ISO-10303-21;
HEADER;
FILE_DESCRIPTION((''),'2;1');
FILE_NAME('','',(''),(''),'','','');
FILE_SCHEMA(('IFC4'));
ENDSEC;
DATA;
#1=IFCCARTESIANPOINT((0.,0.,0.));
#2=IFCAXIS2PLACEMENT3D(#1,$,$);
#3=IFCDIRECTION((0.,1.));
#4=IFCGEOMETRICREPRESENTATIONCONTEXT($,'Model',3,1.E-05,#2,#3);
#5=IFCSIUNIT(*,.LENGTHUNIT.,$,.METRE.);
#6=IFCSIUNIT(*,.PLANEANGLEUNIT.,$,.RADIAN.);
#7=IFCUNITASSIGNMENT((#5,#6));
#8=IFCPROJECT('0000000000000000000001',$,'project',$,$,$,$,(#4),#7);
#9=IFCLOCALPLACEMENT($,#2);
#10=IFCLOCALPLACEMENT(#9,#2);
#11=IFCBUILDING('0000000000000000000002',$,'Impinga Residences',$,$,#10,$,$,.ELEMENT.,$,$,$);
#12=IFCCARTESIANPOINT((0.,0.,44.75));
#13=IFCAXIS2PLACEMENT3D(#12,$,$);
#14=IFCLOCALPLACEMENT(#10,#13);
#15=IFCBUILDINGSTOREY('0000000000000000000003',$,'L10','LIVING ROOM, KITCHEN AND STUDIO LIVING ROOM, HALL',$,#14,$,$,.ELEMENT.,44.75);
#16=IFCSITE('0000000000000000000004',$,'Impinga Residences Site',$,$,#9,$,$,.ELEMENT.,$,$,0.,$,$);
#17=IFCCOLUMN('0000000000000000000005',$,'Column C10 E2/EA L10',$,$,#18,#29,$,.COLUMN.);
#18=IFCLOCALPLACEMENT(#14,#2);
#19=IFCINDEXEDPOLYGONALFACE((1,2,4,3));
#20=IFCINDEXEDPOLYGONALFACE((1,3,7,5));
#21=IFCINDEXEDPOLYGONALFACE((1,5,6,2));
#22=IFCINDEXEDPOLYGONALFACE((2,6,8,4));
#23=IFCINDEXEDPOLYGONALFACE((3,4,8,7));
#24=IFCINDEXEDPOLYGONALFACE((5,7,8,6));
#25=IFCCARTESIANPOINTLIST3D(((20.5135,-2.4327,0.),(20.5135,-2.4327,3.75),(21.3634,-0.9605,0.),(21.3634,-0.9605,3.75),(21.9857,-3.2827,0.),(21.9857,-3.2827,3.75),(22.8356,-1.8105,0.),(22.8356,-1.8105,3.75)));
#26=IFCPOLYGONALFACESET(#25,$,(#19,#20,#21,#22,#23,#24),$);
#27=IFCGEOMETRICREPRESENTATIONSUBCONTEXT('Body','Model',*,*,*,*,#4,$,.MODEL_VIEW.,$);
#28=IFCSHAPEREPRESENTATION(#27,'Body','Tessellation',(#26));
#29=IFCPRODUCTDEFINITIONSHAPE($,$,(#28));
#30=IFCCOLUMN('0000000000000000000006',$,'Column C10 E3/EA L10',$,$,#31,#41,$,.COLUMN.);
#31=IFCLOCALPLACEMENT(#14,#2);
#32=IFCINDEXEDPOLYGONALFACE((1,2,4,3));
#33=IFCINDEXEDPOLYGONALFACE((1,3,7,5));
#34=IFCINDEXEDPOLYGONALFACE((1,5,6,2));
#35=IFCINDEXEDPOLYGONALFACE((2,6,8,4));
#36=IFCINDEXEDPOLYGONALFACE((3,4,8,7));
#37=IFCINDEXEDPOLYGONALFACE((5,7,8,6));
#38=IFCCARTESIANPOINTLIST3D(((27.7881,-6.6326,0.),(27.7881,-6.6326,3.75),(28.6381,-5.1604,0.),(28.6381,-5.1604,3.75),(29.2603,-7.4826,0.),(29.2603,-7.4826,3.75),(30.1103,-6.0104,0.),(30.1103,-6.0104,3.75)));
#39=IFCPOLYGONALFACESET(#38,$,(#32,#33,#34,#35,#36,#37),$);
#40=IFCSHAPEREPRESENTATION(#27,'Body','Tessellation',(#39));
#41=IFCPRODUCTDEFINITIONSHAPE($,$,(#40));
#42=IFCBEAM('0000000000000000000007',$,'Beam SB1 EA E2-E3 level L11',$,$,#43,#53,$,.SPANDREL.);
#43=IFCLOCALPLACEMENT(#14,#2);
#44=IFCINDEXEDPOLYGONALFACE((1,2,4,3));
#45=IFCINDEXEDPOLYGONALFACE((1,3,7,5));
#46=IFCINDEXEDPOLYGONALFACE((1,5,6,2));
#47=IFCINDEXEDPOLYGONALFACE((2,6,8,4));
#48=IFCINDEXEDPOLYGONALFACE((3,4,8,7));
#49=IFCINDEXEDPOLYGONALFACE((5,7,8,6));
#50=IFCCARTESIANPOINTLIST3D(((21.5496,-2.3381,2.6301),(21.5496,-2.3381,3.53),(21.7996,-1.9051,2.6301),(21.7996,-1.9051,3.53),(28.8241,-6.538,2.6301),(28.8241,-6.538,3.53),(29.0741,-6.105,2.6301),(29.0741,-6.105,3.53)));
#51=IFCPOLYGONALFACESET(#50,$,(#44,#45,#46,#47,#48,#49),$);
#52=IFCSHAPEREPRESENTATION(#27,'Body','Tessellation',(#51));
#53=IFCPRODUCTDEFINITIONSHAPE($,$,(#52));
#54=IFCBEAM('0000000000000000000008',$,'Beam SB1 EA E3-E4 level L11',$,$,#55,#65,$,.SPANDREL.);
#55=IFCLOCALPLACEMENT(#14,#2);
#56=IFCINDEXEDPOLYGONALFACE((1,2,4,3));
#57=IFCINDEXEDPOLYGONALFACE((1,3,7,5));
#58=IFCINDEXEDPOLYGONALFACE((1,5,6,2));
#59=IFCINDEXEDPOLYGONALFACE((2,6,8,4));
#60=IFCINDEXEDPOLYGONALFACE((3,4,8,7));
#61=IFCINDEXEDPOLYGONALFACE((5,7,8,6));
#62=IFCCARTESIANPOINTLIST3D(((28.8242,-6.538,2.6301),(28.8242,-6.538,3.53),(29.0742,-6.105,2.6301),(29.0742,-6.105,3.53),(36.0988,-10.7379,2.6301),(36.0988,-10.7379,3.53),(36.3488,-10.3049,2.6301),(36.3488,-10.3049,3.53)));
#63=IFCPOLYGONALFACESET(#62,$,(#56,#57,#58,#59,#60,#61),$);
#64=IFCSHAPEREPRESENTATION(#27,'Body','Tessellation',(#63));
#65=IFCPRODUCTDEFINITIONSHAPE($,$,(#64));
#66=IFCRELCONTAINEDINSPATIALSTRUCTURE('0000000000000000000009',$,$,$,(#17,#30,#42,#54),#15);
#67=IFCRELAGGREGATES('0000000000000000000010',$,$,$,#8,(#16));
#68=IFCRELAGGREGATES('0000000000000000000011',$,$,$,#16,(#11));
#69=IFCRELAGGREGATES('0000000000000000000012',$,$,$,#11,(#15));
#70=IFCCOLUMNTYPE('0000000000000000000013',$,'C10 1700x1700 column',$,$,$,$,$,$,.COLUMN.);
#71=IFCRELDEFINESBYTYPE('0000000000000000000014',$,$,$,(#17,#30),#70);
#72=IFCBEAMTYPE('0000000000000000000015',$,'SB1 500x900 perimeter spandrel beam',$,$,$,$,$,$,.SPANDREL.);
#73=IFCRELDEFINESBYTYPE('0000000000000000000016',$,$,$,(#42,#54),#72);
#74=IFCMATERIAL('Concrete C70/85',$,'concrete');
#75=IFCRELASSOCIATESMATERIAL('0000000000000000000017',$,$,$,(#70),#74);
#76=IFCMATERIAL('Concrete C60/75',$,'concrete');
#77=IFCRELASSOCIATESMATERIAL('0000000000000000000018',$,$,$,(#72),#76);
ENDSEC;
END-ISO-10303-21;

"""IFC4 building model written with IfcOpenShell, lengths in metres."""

from ifc_helpers import new_model, si_unit, direction, frame, origin, origin_2d, place, context, subcontext, project, spatial, rectangle, extrude, material, material_profile, profile_set, type_object, element, save


model = new_model("IFC4")

# Units and contexts
model_context = context("Model", 3, precision=1e-05, world=origin(), true_north=direction((0.0, 1.0)))
body_context = subcontext(model_context, "Body", "Model", "MODEL_VIEW")
ifc_project = project(units=[si_unit("LENGTHUNIT", "METRE"), si_unit("PLANEANGLEUNIT", "RADIAN")], contexts=[model_context])

# Site, building, storey
site_placement = place(None, origin())
site = spatial("IfcSite", under=ifc_project, at=site_placement, Name="Impinga Residences Site", CompositionType="ELEMENT", RefElevation=0.0)
building_placement = place(site_placement, origin())
building = spatial("IfcBuilding", under=site, at=building_placement, Name="Impinga Residences", CompositionType="ELEMENT")
storey_placement = place(building_placement, frame((0.0, 0.0, 44.75)))
storey = spatial("IfcBuildingStorey", under=building, at=storey_placement, Name="L10", Description="LIVING ROOM, KITCHEN AND STUDIO LIVING ROOM, HALL", CompositionType="ELEMENT", Elevation=44.75)

# Columns
ifc_material_1 = material(Name="Concrete C70/85", Category="concrete")
ifc_material_profile_1 = material_profile(ifc_material_1, rectangle(XDim=1.7, YDim=1.7, at=origin_2d()), Name="RC 1700x1700")
ifc_profile_set_1 = profile_set([ifc_material_profile_1], Name="Concrete C70/85")
column_type = type_object("IfcColumnType", Name="C10 1700x1700 column", PredefinedType="COLUMN", material=ifc_profile_set_1)
for number, where, z_axis, x_axis, name in (
    (1, (21.6746, -2.1216, 0.0), (0.0, 0.0, 1.0), (-0.5, -0.866025, 0.0), "Column C10 E2/EA L10"),
    (2, (28.9492, -6.3215, 0.0), (0.0, 0.0, 1.0), (-0.5, -0.866025, 0.0), "Column C10 E3/EA L10"),
):
    element("IfcColumn", number, at=place(storey_placement, frame(where, z_axis=z_axis, x_axis=x_axis)), inside=storey, type_object=column_type, Name=name, PredefinedType="COLUMN", context=body_context, shape_type="SweptSolid", body=[
        extrude(rectangle(XDim=1.7, YDim=1.7, at=origin_2d()), origin(), (0.0, 0.0, 1.0), 3.75),
    ])

# Beams
ifc_material_2 = material(Name="Concrete C60/75", Category="concrete")
ifc_material_profile_2 = material_profile(ifc_material_2, rectangle(XDim=0.5, YDim=0.8999, at=origin_2d()), Name="RC 500x900")
ifc_profile_set_2 = profile_set([ifc_material_profile_2], Name="Concrete C60/75")
beam_type = type_object("IfcBeamType", Name="SB1 500x900 perimeter spandrel beam", PredefinedType="SPANDREL", material=ifc_profile_set_2)
for number, where, z_axis, x_axis, name in (
    (3, (21.6746, -2.1216, 3.0801), (0.866029, -0.499993, 0.0), (0.499993, 0.866029, 0.0), "Beam SB1 EA E2-E3 level L11"),
    (4, (28.9492, -6.3215, 3.0801), (0.866029, -0.499993, 0.0), (0.499993, 0.866029, 0.0), "Beam SB1 EA E3-E4 level L11"),
):
    element("IfcBeam", number, at=place(storey_placement, frame(where, z_axis=z_axis, x_axis=x_axis)), inside=storey, type_object=beam_type, Name=name, PredefinedType="SPANDREL", context=body_context, shape_type="SweptSolid", body=[
        extrude(rectangle(XDim=0.5, YDim=0.8999, at=origin_2d()), origin(), (0.0, 0.0, 1.0), 8.3999),
    ])

save(model, "model.ifc")
